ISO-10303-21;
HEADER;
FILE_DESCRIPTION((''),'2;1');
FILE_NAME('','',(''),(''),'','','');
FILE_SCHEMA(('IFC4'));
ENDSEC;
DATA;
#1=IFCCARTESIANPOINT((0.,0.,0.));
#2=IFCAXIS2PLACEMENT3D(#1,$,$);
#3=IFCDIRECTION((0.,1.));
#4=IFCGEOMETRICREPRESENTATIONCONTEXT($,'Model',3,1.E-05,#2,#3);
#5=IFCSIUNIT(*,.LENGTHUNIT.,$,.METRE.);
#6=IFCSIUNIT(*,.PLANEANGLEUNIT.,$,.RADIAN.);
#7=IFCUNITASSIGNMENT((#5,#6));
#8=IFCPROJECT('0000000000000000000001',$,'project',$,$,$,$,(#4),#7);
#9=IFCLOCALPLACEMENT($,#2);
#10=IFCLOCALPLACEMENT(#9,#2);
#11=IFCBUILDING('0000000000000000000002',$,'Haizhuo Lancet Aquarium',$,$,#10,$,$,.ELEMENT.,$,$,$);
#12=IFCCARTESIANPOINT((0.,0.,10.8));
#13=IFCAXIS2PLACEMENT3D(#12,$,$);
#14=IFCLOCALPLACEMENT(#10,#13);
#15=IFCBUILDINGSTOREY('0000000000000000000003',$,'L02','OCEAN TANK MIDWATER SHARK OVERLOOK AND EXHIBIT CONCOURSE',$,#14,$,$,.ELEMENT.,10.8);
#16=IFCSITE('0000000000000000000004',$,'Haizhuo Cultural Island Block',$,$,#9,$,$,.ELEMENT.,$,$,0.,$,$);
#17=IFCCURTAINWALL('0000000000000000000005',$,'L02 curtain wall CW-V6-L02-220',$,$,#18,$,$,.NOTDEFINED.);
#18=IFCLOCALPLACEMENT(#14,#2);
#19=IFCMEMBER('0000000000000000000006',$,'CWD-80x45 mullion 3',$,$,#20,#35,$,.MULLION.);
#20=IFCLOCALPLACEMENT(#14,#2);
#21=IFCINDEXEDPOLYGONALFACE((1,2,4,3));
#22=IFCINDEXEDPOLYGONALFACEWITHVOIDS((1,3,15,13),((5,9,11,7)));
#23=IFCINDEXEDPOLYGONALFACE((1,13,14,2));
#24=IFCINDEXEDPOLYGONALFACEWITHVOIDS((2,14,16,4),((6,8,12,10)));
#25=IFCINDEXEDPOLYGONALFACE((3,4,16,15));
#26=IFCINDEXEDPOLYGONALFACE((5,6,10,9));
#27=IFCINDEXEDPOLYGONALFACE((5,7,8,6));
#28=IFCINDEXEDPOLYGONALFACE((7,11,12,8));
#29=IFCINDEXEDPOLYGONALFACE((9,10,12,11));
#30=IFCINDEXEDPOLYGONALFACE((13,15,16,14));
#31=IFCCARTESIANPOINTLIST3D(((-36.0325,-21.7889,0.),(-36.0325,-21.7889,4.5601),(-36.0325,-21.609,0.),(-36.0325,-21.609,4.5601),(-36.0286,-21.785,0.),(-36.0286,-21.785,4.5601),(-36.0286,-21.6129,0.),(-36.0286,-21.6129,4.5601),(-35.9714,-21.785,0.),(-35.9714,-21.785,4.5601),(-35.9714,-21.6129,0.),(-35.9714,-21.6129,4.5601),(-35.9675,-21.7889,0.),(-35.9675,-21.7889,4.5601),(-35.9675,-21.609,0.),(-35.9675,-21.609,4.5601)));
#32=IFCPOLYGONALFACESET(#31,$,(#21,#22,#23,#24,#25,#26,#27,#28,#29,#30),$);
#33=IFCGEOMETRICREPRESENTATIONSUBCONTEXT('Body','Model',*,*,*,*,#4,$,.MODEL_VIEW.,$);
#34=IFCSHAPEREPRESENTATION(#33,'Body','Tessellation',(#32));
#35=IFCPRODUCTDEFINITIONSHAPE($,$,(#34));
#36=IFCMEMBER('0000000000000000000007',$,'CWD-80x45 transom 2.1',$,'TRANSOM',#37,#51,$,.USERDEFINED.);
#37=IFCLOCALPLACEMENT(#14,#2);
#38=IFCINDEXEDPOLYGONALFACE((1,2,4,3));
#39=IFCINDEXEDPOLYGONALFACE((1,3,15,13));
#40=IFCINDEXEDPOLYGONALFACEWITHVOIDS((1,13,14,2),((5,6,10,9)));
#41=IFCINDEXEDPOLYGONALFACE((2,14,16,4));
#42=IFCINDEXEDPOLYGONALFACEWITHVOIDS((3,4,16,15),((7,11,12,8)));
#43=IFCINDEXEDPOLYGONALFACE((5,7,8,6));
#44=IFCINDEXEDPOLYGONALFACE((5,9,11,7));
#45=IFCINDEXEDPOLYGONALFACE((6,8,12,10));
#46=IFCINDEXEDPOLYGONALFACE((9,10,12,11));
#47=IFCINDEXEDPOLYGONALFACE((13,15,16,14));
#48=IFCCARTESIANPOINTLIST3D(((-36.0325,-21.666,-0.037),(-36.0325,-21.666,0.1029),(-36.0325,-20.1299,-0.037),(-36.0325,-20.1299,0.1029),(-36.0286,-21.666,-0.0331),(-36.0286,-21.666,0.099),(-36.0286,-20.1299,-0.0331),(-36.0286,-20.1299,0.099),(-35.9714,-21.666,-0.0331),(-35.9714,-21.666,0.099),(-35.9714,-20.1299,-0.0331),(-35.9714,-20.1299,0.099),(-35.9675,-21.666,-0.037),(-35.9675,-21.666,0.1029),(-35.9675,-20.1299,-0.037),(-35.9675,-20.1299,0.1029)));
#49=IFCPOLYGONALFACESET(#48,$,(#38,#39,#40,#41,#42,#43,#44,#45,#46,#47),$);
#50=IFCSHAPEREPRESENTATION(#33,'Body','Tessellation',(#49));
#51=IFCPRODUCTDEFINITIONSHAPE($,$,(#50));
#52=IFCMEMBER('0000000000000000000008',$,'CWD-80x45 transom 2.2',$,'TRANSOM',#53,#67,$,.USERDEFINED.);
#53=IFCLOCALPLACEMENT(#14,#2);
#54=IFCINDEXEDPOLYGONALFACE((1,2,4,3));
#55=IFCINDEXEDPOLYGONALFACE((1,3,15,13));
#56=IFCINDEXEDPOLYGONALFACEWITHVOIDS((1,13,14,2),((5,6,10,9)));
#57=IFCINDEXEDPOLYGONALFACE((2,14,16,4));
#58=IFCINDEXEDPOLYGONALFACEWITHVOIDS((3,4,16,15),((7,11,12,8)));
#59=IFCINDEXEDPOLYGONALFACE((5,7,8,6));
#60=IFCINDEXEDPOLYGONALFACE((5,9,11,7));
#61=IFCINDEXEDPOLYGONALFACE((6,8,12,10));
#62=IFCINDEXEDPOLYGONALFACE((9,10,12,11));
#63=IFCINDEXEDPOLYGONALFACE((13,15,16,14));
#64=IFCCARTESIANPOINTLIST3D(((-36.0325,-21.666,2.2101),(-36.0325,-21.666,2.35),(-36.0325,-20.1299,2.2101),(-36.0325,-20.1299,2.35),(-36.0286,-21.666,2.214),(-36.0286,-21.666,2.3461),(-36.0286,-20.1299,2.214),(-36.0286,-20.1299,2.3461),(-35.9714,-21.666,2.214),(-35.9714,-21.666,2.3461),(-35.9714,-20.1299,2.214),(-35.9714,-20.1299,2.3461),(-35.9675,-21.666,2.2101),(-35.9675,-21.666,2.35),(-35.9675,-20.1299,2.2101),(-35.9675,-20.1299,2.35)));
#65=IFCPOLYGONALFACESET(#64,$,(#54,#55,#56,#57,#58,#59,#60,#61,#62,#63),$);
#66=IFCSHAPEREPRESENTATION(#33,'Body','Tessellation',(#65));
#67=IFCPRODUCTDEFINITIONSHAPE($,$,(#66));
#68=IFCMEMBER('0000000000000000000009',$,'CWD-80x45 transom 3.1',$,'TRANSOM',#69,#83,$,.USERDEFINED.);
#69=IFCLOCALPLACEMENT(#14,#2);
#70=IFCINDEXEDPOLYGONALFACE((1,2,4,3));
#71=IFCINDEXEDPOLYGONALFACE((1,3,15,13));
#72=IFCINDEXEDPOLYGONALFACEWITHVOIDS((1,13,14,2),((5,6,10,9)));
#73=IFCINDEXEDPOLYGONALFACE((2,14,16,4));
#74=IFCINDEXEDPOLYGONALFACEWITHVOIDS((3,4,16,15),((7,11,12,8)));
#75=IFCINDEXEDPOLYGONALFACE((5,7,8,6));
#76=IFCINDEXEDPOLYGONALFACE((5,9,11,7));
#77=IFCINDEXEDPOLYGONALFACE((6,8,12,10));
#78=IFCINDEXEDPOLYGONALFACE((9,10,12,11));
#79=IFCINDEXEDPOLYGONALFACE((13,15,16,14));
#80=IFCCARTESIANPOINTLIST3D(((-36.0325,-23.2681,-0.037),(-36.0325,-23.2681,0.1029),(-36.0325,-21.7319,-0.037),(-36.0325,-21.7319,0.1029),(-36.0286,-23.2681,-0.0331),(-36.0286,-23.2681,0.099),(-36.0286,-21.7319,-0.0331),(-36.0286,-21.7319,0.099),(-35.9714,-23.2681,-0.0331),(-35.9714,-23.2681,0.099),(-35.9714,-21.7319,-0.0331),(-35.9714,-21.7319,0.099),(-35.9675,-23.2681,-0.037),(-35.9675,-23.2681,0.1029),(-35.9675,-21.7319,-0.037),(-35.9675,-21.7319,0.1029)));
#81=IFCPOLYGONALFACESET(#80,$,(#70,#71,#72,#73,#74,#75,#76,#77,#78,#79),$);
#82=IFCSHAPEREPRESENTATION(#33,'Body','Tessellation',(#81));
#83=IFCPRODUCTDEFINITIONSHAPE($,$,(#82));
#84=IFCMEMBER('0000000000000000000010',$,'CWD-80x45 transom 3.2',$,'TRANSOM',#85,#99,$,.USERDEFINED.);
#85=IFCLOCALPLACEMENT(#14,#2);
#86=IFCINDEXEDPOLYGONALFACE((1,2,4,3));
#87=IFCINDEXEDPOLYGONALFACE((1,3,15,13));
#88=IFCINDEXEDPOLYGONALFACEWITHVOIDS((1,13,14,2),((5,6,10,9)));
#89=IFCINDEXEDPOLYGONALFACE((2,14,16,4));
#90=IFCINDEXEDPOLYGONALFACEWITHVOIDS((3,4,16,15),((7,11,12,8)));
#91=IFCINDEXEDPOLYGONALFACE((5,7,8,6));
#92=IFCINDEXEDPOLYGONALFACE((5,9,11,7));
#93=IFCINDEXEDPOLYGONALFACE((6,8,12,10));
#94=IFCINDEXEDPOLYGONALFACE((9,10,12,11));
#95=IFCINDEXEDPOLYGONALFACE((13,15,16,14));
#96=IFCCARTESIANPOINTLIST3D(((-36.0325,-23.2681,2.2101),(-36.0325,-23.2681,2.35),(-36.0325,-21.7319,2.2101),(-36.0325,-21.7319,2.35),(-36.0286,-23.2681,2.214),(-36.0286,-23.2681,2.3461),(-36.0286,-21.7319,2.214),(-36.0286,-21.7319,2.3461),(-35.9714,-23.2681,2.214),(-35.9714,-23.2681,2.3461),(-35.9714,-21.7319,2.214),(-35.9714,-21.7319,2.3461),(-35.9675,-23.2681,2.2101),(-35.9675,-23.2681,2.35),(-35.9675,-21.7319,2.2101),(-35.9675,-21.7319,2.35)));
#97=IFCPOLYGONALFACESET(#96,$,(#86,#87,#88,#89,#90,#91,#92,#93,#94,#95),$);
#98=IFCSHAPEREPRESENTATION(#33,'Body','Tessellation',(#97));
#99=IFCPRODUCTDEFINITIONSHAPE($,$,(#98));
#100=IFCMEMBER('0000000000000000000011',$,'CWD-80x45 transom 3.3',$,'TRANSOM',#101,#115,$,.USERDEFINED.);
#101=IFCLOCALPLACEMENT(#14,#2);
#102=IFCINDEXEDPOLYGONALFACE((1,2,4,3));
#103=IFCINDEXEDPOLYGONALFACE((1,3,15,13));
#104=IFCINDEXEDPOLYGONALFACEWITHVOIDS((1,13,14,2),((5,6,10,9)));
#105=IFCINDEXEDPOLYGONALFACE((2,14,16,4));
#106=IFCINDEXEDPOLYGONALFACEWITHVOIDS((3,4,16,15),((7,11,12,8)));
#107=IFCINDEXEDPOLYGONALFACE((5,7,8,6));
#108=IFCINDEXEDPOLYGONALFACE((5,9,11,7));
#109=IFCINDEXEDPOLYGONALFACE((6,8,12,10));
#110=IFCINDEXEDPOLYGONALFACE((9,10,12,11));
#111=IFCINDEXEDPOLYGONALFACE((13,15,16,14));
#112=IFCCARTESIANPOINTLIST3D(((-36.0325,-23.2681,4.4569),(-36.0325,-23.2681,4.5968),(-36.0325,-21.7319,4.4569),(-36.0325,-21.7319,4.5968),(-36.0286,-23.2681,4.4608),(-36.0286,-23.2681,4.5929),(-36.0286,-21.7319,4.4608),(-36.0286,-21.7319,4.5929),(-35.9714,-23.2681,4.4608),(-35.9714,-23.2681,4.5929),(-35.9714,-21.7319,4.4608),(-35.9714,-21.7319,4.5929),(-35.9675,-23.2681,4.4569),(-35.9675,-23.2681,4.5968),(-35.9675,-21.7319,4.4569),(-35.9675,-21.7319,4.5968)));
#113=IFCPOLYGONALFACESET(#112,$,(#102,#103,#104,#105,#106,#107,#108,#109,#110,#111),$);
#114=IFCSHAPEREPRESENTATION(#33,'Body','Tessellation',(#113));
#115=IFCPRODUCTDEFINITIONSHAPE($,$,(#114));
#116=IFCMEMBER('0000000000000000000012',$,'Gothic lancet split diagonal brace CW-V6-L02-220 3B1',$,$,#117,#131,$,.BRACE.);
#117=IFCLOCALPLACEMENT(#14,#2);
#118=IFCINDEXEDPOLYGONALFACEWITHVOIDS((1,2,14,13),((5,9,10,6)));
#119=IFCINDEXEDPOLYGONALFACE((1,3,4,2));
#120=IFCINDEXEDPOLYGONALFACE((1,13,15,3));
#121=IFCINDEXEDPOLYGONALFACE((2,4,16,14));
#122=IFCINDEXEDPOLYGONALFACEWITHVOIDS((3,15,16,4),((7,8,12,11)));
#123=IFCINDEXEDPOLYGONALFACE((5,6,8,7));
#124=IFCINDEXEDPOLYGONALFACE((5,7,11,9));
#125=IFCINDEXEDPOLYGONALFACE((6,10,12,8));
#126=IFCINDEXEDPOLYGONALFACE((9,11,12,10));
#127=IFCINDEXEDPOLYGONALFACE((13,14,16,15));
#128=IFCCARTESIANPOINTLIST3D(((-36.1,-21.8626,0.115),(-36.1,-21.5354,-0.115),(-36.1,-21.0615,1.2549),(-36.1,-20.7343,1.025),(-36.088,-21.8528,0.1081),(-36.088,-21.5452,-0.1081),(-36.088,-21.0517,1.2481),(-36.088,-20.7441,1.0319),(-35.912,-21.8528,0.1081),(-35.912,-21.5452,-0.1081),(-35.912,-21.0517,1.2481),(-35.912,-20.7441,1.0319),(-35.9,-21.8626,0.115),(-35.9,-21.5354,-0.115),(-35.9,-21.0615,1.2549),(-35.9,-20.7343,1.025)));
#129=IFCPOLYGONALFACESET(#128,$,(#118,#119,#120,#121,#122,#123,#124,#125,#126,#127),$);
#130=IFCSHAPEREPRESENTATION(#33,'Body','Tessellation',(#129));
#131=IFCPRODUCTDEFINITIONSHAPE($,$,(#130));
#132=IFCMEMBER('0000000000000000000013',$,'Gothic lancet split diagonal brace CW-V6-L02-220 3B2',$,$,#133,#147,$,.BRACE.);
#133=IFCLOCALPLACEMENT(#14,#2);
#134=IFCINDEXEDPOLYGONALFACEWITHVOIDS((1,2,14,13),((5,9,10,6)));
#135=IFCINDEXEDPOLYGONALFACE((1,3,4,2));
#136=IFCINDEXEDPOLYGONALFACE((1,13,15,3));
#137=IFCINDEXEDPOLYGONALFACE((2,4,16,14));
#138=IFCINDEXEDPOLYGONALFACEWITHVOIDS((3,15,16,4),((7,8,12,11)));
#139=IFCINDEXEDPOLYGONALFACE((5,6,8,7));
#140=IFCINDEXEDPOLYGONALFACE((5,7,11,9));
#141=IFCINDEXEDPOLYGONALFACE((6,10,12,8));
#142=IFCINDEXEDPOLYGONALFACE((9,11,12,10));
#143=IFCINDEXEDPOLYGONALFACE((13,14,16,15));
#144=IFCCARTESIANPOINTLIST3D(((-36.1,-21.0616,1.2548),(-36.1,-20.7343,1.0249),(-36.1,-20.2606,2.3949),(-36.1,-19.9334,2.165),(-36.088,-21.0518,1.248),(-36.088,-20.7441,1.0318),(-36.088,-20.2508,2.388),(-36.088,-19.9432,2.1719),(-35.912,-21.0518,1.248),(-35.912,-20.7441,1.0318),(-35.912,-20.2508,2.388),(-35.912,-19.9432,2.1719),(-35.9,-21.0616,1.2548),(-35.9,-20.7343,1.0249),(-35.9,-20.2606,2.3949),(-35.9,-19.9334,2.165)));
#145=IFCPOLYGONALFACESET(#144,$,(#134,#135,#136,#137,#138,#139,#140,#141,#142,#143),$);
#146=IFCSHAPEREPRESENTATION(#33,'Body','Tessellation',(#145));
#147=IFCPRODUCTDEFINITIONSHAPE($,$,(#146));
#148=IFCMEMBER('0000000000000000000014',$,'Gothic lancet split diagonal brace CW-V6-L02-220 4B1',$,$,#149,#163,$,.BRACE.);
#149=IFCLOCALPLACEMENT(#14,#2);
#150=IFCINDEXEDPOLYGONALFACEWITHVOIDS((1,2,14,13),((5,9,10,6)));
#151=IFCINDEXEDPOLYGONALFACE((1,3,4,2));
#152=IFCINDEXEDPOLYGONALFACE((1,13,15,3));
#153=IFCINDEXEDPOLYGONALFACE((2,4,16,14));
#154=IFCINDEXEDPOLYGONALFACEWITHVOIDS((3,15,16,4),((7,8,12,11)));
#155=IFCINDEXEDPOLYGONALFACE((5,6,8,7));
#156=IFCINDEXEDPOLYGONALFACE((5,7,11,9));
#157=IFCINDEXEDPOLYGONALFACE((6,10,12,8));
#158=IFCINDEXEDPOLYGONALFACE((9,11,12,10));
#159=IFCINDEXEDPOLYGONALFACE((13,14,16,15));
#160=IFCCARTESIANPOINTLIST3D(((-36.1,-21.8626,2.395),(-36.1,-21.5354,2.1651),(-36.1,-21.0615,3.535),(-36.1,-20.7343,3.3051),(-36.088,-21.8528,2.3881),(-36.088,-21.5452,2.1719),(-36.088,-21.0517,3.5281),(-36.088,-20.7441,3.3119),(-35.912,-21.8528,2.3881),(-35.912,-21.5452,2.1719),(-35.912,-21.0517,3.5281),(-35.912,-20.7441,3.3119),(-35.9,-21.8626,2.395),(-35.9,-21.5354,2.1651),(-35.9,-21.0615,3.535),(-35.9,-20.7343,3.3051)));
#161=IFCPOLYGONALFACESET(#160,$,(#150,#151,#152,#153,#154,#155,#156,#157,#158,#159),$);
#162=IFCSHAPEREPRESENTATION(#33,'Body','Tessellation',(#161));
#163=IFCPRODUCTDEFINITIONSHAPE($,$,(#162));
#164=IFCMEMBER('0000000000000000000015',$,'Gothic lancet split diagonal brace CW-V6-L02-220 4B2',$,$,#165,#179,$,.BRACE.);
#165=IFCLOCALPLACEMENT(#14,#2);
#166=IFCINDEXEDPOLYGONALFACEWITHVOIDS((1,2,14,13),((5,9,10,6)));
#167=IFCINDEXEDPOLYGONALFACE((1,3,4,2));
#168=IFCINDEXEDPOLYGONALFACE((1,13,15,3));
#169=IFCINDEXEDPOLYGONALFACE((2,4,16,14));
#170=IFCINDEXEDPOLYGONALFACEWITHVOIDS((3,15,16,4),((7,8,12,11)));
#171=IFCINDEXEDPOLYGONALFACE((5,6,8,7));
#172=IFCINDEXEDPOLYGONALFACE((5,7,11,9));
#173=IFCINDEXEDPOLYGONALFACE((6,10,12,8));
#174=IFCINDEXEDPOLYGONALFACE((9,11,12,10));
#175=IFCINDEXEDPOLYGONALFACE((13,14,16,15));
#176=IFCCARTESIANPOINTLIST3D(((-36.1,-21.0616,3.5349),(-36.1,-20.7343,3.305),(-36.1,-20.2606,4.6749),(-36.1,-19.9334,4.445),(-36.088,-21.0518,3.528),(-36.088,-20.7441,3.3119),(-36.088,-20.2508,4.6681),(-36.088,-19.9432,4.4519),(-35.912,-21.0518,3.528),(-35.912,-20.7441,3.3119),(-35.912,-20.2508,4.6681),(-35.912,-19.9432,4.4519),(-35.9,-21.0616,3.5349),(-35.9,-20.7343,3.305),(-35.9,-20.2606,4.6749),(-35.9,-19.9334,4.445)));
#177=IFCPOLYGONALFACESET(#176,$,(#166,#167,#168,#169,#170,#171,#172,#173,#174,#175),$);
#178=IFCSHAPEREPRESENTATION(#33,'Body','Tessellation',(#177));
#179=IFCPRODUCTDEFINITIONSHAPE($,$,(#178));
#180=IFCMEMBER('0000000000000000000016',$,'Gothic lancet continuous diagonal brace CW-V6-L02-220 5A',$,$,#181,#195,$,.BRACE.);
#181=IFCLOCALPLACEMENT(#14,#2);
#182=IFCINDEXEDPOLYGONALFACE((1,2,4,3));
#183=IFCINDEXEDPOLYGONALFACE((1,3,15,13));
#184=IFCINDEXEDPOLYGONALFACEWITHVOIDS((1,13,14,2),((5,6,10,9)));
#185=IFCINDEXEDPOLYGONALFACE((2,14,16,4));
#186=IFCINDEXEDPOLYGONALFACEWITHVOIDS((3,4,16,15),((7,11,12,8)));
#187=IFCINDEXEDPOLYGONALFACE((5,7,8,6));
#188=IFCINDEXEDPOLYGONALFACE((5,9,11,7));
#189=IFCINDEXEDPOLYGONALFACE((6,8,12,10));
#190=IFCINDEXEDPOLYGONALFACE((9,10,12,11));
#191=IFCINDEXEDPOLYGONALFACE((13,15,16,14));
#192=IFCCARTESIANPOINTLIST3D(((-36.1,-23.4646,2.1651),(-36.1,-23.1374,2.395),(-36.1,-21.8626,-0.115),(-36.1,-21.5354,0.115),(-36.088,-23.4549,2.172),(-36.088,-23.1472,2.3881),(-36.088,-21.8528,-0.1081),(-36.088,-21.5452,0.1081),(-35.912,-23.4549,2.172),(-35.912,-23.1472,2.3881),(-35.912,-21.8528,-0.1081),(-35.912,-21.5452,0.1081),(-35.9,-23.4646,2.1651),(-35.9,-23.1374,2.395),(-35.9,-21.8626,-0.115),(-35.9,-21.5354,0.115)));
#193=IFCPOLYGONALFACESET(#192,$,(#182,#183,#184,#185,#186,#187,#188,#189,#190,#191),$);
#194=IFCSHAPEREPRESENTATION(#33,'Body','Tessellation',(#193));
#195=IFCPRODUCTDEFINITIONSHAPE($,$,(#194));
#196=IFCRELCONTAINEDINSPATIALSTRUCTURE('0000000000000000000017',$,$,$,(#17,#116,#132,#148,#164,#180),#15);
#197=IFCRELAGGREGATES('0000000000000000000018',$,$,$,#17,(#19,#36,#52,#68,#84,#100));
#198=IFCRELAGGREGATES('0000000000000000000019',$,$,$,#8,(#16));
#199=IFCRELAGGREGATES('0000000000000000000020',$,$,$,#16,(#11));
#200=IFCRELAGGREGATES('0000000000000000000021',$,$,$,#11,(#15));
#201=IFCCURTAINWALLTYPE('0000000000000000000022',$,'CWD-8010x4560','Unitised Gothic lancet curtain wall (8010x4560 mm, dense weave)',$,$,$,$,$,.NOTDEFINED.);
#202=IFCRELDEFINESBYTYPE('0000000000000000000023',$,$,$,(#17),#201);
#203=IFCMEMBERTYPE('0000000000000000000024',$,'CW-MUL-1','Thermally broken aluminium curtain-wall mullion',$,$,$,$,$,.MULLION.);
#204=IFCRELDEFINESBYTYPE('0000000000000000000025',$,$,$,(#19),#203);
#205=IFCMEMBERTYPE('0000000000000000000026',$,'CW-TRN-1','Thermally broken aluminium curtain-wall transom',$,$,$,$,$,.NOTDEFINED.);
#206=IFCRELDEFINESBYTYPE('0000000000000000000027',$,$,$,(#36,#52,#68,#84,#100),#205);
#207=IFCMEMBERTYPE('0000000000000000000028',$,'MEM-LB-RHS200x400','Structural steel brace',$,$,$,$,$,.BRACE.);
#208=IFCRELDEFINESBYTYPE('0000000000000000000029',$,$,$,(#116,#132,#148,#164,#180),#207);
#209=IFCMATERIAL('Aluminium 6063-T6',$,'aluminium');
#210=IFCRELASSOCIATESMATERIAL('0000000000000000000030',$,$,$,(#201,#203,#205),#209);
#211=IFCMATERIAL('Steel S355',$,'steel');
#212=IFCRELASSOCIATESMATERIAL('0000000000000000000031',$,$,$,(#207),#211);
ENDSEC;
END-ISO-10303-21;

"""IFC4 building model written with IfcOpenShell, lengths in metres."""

from ifc_helpers import new_model, si_unit, direction, frame, origin, origin_2d, place, context, subcontext, project, spatial, hollow_rectangle, extrude, material, material_profile, profile_set, type_object, element, aggregate, save


model = new_model("IFC4")

# Units and contexts
model_context = context("Model", 3, precision=1e-05, world=origin(), true_north=direction((0.0, 1.0)))
body_context = subcontext(model_context, "Body", "Model", "MODEL_VIEW")
ifc_project = project(units=[si_unit("LENGTHUNIT", "METRE"), si_unit("PLANEANGLEUNIT", "RADIAN")], contexts=[model_context])

# Site, building, storey
site_placement = place(None, origin())
site = spatial("IfcSite", under=ifc_project, at=site_placement, Name="Haizhuo Cultural Island Block", CompositionType="ELEMENT", RefElevation=0.0)
building_placement = place(site_placement, origin())
building = spatial("IfcBuilding", under=site, at=building_placement, Name="Haizhuo Lancet Aquarium", CompositionType="ELEMENT")
storey_placement = place(building_placement, frame((0.0, 0.0, 10.8)))
storey = spatial("IfcBuildingStorey", under=building, at=storey_placement, Name="L02", Description="OCEAN TANK MIDWATER SHARK OVERLOOK AND EXHIBIT CONCOURSE", CompositionType="ELEMENT", Elevation=10.8)

# Curtain wall, members
ifc_material_1 = material(Name="Aluminium 6063-T6", Category="aluminium")
curtain_wall_type = type_object("IfcCurtainWallType", Name="CWD-8010x4560", Description="Unitised Gothic lancet curtain wall (8010x4560 mm, dense weave)", PredefinedType="NOTDEFINED", material=ifc_material_1)
curtain_wall_placement = place(storey_placement, origin())
curtain_wall = element("IfcCurtainWall", 1, at=curtain_wall_placement, inside=storey, type_object=curtain_wall_type, Name="L02 curtain wall CW-V6-L02-220", PredefinedType="NOTDEFINED")
ifc_material_profile_1 = material_profile(ifc_material_1, hollow_rectangle(XDim=0.0649, YDim=0.1799, WallThickness=0.0039, at=origin_2d()), Name="ALU-M 65x180x4")
ifc_profile_set_1 = profile_set([ifc_material_profile_1], Name="Aluminium 6063-T6")
member_type_1 = type_object("IfcMemberType", Name="CW-MUL-1", Description="Thermally broken aluminium curtain-wall mullion", PredefinedType="MULLION", material=ifc_profile_set_1)
member_1_placement = place(storey_placement, frame((-36.0, -21.699, 0.0), z_axis=(0.0, 0.0, 1.0), x_axis=(1.0, 0.0, 0.0)))
member_1 = element("IfcMember", 2, at=member_1_placement, type_object=member_type_1, Name="CWD-80x45 mullion 3", PredefinedType="MULLION", context=body_context, shape_type="SweptSolid", body=[
    extrude(hollow_rectangle(XDim=0.0649, YDim=0.1799, WallThickness=0.0039, at=origin_2d()), origin(), (0.0, 0.0, 1.0), 4.5601),
])
ifc_material_profile_2 = material_profile(ifc_material_1, hollow_rectangle(XDim=0.0649, YDim=0.1399, WallThickness=0.0039, at=origin_2d()), Name="ALU-T 65x140x4")
ifc_profile_set_2 = profile_set([ifc_material_profile_2], Name="Aluminium 6063-T6")
member_type_2 = type_object("IfcMemberType", Name="CW-TRN-1", Description="Thermally broken aluminium curtain-wall transom", PredefinedType="NOTDEFINED", material=ifc_profile_set_2)
member_2_placement = place(storey_placement, frame((-36.0, -20.1299, 0.033), z_axis=(0.0, -1.0, 0.0), x_axis=(1.0, 0.0, 0.0)))
member_2 = element("IfcMember", 3, at=member_2_placement, type_object=member_type_2, Name="CWD-80x45 transom 2.1", ObjectType="TRANSOM", PredefinedType="USERDEFINED", context=body_context, shape_type="SweptSolid", body=[
    extrude(hollow_rectangle(XDim=0.0649, YDim=0.1399, WallThickness=0.0039, at=origin_2d()), origin(), (0.0, 0.0, 1.0), 1.5361),
])
member_3_placement = place(storey_placement, frame((-36.0, -20.1299, 2.28), z_axis=(0.0, -1.0, 0.0), x_axis=(1.0, 0.0, 0.0)))
member_3 = element("IfcMember", 4, at=member_3_placement, type_object=member_type_2, Name="CWD-80x45 transom 2.2", ObjectType="TRANSOM", PredefinedType="USERDEFINED", context=body_context, shape_type="SweptSolid", body=[
    extrude(hollow_rectangle(XDim=0.0649, YDim=0.1399, WallThickness=0.0039, at=origin_2d()), origin(), (0.0, 0.0, 1.0), 1.5361),
])
member_4_placement = place(storey_placement, frame((-36.0, -21.7319, 0.033), z_axis=(0.0, -1.0, 0.0), x_axis=(1.0, 0.0, 0.0)))
member_4 = element("IfcMember", 5, at=member_4_placement, type_object=member_type_2, Name="CWD-80x45 transom 3.1", ObjectType="TRANSOM", PredefinedType="USERDEFINED", context=body_context, shape_type="SweptSolid", body=[
    extrude(hollow_rectangle(XDim=0.0649, YDim=0.1399, WallThickness=0.0039, at=origin_2d()), origin(), (0.0, 0.0, 1.0), 1.5361),
])
member_5_placement = place(storey_placement, frame((-36.0, -21.7319, 2.28), z_axis=(0.0, -1.0, 0.0), x_axis=(1.0, 0.0, 0.0)))
member_5 = element("IfcMember", 6, at=member_5_placement, type_object=member_type_2, Name="CWD-80x45 transom 3.2", ObjectType="TRANSOM", PredefinedType="USERDEFINED", context=body_context, shape_type="SweptSolid", body=[
    extrude(hollow_rectangle(XDim=0.0649, YDim=0.1399, WallThickness=0.0039, at=origin_2d()), origin(), (0.0, 0.0, 1.0), 1.5361),
])
member_6_placement = place(storey_placement, frame((-36.0, -21.7319, 4.5269), z_axis=(0.0, -1.0, 0.0), x_axis=(1.0, 0.0, 0.0)))
member_6 = element("IfcMember", 7, at=member_6_placement, type_object=member_type_2, Name="CWD-80x45 transom 3.3", ObjectType="TRANSOM", PredefinedType="USERDEFINED", context=body_context, shape_type="SweptSolid", body=[
    extrude(hollow_rectangle(XDim=0.0649, YDim=0.1399, WallThickness=0.0039, at=origin_2d()), origin(), (0.0, 0.0, 1.0), 1.5361),
])

# Members
ifc_material_2 = material(Name="Steel S355", Category="steel")
ifc_material_profile_3 = material_profile(ifc_material_2, hollow_rectangle(XDim=0.2, YDim=0.3999, WallThickness=0.012, at=origin_2d()), Name="RHS 200x400x12")
ifc_profile_set_3 = profile_set([ifc_material_profile_3], Name="Steel S355")
member_type_3 = type_object("IfcMemberType", Name="MEM-LB-RHS200x400", Description="Structural steel brace", PredefinedType="BRACE", material=ifc_profile_set_3)
for number, where, z_axis, x_axis, name in (
    (8, (-36.0, -21.699, 0.0), (0.0, 0.574955, 0.818185), (-1.0, 0.0, 0.0), "Gothic lancet split diagonal brace CW-V6-L02-220 3B1"),
    (9, (-36.0, -20.8979, 1.1399), (0.0, 0.574873, 0.818243), (-1.0, 0.0, 0.0), "Gothic lancet split diagonal brace CW-V6-L02-220 3B2"),
    (10, (-36.0, -21.699, 2.28), (0.0, 0.574955, 0.818185), (-1.0, 0.0, 0.0), "Gothic lancet split diagonal brace CW-V6-L02-220 4B1"),
    (11, (-36.0, -20.8979, 3.4199), (0.0, 0.574873, 0.818243), (-1.0, 0.0, 0.0), "Gothic lancet split diagonal brace CW-V6-L02-220 4B2"),
):
    element("IfcMember", number, at=place(storey_placement, frame(where, z_axis=z_axis, x_axis=x_axis)), inside=storey, type_object=member_type_3, Name=name, PredefinedType="BRACE", context=body_context, shape_type="SweptSolid", body=[
        extrude(hollow_rectangle(XDim=0.2, YDim=0.3999, WallThickness=0.012, at=origin_2d()), origin(), (0.0, 0.0, 1.0), 1.3933),
    ])
member_7_placement = place(storey_placement, frame((-36.0, -21.699, 0.0), z_axis=(0.0, -0.574914, 0.818214), x_axis=(1.0, 0.0, 0.0)))
element("IfcMember", 12, at=member_7_placement, inside=storey, type_object=member_type_3, Name="Gothic lancet continuous diagonal brace CW-V6-L02-220 5A", PredefinedType="BRACE", context=body_context, shape_type="SweptSolid", body=[
    extrude(hollow_rectangle(XDim=0.2, YDim=0.3999, WallThickness=0.012, at=origin_2d()), origin(), (0.0, 0.0, 1.0), 2.7866),
])

aggregate(curtain_wall, [member_1, member_2, member_3, member_4, member_5, member_6])

save(model, "model.ifc")
